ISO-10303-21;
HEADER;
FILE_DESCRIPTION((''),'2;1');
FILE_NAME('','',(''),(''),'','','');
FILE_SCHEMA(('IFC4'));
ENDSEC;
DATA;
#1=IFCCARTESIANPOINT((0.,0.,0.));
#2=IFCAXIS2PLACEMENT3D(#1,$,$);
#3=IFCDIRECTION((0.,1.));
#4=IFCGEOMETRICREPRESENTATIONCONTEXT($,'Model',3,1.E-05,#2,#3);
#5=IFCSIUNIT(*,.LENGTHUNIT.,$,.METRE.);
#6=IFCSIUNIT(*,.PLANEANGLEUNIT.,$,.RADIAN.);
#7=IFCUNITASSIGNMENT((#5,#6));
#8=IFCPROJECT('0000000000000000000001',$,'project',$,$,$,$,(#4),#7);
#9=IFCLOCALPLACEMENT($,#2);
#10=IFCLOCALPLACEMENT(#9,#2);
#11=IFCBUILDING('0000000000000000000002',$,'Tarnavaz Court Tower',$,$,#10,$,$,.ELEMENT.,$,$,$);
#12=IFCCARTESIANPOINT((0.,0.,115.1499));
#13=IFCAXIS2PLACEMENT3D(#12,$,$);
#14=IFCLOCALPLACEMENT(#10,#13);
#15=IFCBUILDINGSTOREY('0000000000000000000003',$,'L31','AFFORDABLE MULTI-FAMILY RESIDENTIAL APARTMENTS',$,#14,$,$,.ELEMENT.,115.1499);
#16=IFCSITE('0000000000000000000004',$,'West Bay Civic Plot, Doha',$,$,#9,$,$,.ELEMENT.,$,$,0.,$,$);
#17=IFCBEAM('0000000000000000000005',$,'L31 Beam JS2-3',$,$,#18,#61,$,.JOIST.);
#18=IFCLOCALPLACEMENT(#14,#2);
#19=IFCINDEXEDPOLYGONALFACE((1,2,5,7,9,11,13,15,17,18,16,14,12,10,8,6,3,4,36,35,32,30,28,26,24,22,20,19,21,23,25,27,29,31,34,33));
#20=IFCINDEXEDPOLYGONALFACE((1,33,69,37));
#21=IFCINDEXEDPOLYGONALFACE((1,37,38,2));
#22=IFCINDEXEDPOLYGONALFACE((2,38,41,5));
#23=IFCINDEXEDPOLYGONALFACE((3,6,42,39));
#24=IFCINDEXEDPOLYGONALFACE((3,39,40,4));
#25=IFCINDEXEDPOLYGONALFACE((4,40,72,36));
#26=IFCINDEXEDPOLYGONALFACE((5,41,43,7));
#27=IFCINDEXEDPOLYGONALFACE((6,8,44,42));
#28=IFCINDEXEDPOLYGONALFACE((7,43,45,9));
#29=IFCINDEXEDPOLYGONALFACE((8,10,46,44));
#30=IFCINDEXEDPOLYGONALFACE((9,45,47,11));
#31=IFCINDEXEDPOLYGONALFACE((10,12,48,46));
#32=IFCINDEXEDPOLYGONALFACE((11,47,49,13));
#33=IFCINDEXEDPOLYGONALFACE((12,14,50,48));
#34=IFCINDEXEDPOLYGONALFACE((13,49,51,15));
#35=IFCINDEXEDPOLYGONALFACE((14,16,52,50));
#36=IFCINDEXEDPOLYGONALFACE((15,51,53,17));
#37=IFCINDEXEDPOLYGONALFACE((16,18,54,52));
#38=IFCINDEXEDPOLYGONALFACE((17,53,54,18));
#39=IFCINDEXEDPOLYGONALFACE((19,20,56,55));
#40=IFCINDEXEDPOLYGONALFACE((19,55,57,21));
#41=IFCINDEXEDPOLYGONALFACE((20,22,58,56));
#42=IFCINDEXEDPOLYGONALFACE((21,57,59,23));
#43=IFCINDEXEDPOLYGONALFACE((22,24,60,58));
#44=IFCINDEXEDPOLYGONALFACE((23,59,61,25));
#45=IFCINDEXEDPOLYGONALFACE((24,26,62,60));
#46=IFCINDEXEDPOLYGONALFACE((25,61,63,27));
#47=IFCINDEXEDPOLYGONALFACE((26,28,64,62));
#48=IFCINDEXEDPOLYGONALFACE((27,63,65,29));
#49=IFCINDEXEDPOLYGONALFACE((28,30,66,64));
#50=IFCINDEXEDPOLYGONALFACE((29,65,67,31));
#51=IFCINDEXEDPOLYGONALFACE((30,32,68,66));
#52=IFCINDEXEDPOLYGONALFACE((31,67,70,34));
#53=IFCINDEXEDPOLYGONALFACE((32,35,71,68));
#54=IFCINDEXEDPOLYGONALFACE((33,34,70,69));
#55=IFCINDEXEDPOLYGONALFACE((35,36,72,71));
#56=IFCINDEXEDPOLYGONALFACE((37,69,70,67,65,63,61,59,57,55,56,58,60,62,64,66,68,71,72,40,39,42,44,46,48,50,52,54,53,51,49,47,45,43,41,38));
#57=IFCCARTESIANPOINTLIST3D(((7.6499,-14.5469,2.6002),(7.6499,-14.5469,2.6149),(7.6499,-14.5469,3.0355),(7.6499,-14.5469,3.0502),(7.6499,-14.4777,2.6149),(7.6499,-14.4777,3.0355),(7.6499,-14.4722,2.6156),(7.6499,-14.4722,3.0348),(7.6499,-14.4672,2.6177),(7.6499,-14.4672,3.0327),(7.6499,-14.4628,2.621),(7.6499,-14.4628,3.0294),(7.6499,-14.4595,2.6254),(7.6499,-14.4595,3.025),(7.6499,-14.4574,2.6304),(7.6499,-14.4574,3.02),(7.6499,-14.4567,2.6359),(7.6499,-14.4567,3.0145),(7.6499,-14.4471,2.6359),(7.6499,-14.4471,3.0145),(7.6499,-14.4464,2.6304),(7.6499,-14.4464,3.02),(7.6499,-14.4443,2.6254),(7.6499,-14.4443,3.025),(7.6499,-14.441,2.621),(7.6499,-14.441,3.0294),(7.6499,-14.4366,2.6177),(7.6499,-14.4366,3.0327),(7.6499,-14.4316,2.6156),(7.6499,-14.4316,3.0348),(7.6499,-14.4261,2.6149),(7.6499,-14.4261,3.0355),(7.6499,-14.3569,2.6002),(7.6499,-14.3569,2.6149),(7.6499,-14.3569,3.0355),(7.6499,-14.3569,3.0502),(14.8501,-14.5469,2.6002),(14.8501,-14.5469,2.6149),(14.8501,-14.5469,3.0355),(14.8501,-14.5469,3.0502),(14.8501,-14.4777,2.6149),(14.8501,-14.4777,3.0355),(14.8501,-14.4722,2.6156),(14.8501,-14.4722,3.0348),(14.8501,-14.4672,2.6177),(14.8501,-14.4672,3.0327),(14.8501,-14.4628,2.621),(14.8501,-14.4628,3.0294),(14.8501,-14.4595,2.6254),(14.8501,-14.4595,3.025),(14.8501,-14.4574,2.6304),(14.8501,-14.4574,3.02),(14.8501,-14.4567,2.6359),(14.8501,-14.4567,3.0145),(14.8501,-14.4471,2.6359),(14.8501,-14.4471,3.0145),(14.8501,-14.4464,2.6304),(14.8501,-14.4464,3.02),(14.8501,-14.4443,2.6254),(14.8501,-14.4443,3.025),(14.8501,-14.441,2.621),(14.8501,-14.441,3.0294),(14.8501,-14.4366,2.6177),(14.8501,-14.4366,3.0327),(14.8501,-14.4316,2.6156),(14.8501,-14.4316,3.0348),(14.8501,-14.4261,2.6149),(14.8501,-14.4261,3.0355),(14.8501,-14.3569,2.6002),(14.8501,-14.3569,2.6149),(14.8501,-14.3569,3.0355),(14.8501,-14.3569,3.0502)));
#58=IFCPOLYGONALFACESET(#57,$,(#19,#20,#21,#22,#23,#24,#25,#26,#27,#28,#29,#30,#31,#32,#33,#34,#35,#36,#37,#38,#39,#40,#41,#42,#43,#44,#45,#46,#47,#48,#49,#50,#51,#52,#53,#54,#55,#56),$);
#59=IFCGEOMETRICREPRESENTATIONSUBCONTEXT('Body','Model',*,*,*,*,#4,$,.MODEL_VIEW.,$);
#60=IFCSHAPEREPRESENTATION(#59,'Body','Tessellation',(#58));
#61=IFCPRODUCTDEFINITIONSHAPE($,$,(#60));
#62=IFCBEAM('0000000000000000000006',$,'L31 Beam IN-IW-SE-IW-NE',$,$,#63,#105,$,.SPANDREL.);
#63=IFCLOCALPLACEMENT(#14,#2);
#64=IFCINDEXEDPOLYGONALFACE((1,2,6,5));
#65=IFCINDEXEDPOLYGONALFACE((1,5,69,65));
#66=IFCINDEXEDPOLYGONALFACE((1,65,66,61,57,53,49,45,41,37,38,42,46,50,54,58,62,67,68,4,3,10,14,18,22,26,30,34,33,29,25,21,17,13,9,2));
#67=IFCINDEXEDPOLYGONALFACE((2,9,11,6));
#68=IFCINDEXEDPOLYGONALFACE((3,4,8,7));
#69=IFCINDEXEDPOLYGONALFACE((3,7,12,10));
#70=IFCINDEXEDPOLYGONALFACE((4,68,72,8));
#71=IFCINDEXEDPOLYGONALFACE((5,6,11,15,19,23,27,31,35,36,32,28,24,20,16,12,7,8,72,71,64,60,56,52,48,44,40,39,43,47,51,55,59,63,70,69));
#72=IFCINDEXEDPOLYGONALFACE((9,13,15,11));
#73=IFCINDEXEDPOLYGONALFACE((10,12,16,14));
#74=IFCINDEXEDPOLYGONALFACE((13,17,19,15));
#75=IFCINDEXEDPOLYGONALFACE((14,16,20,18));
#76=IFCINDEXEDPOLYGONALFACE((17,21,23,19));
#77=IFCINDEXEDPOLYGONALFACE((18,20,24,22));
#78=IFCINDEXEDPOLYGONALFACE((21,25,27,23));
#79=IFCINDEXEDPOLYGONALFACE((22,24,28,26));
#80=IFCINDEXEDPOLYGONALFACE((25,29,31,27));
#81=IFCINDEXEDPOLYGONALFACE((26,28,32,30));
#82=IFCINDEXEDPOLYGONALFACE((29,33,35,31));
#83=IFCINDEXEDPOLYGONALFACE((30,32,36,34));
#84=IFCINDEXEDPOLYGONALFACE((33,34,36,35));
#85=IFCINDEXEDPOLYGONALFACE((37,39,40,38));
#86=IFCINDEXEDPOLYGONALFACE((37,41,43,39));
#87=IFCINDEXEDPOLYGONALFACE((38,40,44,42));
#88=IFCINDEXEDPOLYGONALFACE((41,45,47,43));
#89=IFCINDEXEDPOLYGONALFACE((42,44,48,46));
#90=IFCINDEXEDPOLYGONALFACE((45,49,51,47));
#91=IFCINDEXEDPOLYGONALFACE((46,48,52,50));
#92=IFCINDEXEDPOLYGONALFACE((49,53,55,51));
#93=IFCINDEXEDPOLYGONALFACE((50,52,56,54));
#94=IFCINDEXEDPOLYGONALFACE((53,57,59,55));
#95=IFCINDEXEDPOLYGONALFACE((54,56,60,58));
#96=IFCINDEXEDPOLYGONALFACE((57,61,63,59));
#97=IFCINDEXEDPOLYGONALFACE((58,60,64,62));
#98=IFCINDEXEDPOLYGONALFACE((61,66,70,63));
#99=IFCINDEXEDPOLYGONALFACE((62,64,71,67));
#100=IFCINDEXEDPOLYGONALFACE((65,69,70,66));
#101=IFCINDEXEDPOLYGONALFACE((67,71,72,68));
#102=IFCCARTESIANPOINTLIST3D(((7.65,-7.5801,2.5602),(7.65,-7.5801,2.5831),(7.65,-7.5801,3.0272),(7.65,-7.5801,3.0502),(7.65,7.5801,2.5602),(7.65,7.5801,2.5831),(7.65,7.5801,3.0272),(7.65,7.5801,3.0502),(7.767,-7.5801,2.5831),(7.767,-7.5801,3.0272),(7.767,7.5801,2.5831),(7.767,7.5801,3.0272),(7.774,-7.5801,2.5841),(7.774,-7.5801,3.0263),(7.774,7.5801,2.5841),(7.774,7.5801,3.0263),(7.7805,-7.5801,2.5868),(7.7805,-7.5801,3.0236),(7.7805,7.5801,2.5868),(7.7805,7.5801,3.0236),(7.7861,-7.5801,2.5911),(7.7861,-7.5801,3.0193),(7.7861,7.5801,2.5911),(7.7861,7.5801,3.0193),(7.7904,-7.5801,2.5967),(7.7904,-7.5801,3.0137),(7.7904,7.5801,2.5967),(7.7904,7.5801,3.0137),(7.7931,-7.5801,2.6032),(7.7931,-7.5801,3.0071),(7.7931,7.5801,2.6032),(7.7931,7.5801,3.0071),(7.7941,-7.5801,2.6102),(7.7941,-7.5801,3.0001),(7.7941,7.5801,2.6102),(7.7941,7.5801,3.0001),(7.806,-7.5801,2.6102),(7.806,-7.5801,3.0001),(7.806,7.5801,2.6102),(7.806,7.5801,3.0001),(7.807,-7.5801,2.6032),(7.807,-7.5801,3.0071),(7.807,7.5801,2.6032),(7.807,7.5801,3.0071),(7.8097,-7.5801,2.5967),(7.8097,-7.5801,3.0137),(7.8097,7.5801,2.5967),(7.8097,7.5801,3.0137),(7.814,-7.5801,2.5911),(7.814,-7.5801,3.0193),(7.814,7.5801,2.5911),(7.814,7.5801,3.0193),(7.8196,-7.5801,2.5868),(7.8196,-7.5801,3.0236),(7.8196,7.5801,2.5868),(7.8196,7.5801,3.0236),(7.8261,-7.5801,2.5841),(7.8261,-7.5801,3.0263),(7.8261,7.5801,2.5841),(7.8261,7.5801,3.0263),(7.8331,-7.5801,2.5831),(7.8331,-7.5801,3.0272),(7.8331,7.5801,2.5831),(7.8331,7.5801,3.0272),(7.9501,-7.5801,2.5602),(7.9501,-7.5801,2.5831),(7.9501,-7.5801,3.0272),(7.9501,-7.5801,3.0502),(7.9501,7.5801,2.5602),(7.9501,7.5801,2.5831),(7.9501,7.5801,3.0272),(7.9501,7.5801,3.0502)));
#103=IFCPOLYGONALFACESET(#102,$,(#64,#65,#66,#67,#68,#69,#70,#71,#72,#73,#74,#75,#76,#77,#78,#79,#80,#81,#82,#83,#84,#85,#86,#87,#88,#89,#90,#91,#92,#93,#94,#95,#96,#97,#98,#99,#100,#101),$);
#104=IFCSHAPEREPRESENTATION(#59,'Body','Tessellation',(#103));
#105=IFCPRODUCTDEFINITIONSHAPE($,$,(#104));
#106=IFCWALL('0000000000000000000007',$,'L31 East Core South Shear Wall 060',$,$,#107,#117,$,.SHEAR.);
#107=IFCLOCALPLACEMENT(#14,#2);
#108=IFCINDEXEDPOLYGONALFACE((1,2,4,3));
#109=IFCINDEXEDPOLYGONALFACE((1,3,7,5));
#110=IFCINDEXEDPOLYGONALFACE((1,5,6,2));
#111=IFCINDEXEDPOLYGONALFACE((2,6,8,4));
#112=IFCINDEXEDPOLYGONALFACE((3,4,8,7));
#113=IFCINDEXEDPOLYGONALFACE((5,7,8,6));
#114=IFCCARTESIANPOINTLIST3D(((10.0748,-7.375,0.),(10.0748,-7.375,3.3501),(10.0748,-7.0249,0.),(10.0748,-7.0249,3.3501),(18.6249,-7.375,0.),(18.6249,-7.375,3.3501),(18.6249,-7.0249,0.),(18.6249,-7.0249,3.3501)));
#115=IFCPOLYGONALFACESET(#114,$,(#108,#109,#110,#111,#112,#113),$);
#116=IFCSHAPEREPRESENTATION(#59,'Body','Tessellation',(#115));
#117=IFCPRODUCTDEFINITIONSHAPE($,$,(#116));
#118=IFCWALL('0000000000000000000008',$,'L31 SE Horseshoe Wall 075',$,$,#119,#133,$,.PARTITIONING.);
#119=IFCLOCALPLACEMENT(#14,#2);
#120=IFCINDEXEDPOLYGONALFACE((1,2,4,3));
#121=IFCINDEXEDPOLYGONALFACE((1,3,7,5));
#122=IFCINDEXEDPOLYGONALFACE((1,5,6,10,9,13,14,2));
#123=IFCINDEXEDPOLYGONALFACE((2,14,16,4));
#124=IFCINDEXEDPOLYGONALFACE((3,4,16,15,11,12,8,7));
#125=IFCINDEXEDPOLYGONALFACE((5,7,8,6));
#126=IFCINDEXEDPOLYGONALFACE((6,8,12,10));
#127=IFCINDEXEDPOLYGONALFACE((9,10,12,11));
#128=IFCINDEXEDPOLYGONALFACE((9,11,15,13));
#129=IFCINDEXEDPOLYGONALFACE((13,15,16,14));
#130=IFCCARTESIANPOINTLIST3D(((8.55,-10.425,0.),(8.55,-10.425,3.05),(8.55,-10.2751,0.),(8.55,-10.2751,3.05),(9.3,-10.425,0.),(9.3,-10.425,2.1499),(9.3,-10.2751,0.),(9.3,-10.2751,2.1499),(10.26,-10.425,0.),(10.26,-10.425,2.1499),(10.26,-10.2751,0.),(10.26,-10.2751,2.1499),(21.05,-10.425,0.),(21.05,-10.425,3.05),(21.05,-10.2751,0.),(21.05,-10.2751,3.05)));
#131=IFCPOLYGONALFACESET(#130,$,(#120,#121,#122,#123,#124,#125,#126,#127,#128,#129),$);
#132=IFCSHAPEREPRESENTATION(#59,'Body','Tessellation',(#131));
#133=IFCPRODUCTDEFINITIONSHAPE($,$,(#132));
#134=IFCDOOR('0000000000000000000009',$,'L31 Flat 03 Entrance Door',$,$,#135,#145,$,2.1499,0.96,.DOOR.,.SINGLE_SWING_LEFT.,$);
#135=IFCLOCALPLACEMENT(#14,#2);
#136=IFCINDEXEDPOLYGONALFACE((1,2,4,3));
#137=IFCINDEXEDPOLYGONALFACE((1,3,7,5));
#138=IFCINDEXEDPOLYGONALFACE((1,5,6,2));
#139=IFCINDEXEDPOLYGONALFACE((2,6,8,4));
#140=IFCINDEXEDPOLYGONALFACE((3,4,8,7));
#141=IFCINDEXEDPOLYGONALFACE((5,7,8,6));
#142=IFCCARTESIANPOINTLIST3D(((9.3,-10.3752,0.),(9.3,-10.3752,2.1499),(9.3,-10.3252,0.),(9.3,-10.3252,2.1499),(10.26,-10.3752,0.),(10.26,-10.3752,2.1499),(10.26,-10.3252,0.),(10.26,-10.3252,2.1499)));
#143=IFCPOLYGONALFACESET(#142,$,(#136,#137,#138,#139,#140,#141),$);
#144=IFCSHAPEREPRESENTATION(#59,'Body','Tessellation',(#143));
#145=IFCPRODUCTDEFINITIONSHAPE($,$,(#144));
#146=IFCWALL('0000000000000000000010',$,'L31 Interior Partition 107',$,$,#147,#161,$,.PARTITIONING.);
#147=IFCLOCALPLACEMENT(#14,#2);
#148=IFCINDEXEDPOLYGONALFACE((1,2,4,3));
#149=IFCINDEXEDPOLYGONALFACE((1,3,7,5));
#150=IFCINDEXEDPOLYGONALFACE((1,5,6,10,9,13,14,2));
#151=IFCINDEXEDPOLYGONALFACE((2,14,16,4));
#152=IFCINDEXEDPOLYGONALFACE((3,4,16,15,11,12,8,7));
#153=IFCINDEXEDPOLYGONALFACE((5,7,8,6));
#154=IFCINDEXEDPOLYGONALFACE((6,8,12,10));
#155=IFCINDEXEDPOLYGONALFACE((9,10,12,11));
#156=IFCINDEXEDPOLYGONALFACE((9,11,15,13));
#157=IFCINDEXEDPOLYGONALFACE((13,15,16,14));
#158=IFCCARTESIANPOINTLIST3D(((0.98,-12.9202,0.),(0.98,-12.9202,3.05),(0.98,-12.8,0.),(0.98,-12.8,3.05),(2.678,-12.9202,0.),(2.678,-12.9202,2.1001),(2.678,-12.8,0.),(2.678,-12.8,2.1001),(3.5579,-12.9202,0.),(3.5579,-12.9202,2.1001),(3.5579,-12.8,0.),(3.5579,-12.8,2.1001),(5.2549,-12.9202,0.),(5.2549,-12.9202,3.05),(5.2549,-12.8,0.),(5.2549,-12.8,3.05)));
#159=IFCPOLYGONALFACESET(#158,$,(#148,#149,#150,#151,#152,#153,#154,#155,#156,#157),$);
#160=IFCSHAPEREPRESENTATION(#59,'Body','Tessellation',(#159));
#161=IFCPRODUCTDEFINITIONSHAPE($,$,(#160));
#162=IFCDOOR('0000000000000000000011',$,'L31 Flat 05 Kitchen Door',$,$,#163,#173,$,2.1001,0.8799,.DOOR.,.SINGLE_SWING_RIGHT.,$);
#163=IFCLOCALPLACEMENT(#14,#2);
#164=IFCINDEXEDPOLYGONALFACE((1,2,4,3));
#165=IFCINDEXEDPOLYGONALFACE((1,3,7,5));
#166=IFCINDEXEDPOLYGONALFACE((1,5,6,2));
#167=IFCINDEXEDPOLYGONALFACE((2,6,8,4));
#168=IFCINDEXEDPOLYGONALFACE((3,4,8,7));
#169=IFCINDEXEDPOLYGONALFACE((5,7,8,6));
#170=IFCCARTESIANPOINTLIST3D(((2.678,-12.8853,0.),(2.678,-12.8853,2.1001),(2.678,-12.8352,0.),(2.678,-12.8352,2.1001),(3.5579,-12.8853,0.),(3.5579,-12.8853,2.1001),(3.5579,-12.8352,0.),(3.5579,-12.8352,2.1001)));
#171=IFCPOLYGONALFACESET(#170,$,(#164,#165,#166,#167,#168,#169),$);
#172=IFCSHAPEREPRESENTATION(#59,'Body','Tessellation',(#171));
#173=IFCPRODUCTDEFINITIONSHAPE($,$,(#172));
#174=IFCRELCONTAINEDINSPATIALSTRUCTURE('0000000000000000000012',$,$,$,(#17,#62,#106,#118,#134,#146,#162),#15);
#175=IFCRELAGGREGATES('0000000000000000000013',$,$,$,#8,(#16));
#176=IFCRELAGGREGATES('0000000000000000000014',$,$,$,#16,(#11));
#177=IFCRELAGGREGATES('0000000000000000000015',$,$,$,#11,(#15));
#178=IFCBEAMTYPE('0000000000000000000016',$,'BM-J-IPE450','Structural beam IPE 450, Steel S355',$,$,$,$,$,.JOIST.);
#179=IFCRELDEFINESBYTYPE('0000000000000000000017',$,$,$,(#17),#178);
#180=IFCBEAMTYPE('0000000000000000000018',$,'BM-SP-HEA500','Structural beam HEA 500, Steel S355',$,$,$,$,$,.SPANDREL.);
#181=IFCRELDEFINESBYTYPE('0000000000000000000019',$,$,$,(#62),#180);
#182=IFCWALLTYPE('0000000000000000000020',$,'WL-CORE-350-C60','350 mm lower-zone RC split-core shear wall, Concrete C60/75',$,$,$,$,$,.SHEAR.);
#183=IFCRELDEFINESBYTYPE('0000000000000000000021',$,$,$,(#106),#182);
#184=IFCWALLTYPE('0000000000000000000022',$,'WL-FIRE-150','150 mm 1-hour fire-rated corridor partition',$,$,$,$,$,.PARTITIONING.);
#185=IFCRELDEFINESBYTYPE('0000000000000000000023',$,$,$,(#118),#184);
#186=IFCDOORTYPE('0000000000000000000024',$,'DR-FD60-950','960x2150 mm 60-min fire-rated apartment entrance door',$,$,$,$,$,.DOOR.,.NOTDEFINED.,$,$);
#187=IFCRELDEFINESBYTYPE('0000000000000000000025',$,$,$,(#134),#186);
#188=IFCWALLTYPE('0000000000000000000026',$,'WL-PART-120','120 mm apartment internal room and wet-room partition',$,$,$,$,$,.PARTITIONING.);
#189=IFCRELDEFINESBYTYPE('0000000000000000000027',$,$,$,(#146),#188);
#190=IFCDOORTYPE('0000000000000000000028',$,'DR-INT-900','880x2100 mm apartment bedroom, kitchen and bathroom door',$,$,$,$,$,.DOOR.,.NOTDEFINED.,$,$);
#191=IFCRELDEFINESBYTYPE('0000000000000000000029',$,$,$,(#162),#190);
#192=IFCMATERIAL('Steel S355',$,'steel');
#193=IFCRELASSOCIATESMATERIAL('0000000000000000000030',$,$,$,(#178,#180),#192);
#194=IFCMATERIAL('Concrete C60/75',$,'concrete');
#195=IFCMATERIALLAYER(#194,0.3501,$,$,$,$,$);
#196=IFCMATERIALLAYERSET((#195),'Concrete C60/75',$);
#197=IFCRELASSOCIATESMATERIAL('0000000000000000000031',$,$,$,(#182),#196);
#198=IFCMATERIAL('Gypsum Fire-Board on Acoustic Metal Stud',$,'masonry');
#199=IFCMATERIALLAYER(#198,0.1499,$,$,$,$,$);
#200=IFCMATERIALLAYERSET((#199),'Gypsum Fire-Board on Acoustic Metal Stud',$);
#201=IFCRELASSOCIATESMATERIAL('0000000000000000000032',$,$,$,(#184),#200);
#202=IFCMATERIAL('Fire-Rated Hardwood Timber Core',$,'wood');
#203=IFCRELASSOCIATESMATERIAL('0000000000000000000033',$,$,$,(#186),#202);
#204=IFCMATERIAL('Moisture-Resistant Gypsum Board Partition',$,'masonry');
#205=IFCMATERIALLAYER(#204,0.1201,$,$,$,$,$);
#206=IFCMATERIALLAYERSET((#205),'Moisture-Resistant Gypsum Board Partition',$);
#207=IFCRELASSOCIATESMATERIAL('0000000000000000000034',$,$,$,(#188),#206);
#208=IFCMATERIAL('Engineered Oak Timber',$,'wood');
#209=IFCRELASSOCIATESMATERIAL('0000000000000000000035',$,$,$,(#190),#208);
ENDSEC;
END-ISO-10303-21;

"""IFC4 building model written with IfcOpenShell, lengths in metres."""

from ifc_helpers import new_model, si_unit, direction, frame, frame_2d, origin, origin_2d, place, context, subcontext, project, spatial, rectangle, i_section, extrude, material, layer, layer_set, material_profile, profile_set, type_object, element, fill, save


model = new_model("IFC4")

# Units and contexts
model_context = context("Model", 3, precision=1e-05, world=origin(), true_north=direction((0.0, 1.0)))
body_context = subcontext(model_context, "Body", "Model", "MODEL_VIEW")
ifc_project = project(units=[si_unit("LENGTHUNIT", "METRE"), si_unit("PLANEANGLEUNIT", "RADIAN")], contexts=[model_context])

# Site, building, storey
site_placement = place(None, origin())
site = spatial("IfcSite", under=ifc_project, at=site_placement, Name="West Bay Civic Plot, Doha", CompositionType="ELEMENT", RefElevation=0.0)
building_placement = place(site_placement, origin())
building = spatial("IfcBuilding", under=site, at=building_placement, Name="Tarnavaz Court Tower", CompositionType="ELEMENT")
storey_placement = place(building_placement, frame((0.0, 0.0, 115.1499)))
storey = spatial("IfcBuildingStorey", under=building, at=storey_placement, Name="L31", Description="AFFORDABLE MULTI-FAMILY RESIDENTIAL APARTMENTS", CompositionType="ELEMENT", Elevation=115.1499)

# Shared definitions
ifc_material_1 = material(Name="Concrete C60/75", Category="concrete")

# Beams
ifc_material_2 = material(Name="Steel S355", Category="steel")
ifc_material_profile_1 = material_profile(ifc_material_2, i_section(OverallWidth=0.1899, OverallDepth=0.45, WebThickness=0.0095, FlangeThickness=0.0146, FilletRadius=0.021, at=origin_2d()), Name="IPE 450")
ifc_profile_set_1 = profile_set([ifc_material_profile_1], Name="Steel S355")
beam_type_1 = type_object("IfcBeamType", Name="BM-J-IPE450", Description="Structural beam IPE 450, Steel S355", PredefinedType="JOIST", material=ifc_profile_set_1)
for number, where, z_axis, x_axis, name in (
    (1, (7.6499, -14.4519, 2.8252), (1.0, 0.0, 0.0), (0.0, 1.0, 0.0), "L31 Beam JS2-3"),
):
    element("IfcBeam", number, at=place(storey_placement, frame(where, z_axis=z_axis, x_axis=x_axis)), inside=storey, type_object=beam_type_1, Name=name, PredefinedType="JOIST", context=body_context, shape_type="SweptSolid", body=[
        extrude(i_section(OverallWidth=0.1899, OverallDepth=0.45, WebThickness=0.0095, FlangeThickness=0.0146, FilletRadius=0.021, at=origin_2d()), origin(), (0.0, 0.0, 1.0), 7.2002),
    ])
ifc_material_profile_2 = material_profile(ifc_material_2, i_section(OverallWidth=0.3, OverallDepth=0.49, WebThickness=0.012, FlangeThickness=0.0229, FilletRadius=0.0271, at=origin_2d()), Name="HEA 500")
ifc_profile_set_2 = profile_set([ifc_material_profile_2], Name="Steel S355")
beam_type_2 = type_object("IfcBeamType", Name="BM-SP-HEA500", Description="Structural beam HEA 500, Steel S355", PredefinedType="SPANDREL", material=ifc_profile_set_2)
beam_1_placement = place(storey_placement, frame((7.8, -7.5801, 2.8052), z_axis=(0.0, 1.0, 0.0), x_axis=(-1.0, 0.0, 0.0)))
element("IfcBeam", 2, at=beam_1_placement, inside=storey, type_object=beam_type_2, Name="L31 Beam IN-IW-SE-IW-NE", PredefinedType="SPANDREL", context=body_context, shape_type="SweptSolid", body=[
    extrude(i_section(OverallWidth=0.3, OverallDepth=0.49, WebThickness=0.012, FlangeThickness=0.0229, FilletRadius=0.0271, at=origin_2d()), origin(), (0.0, 0.0, 1.0), 15.1602),
])

# Wall
ifc_layer_1 = layer(ifc_material_1, 0.3501)
ifc_layer_set_1 = layer_set([ifc_layer_1], Name="Concrete C60/75")
wall_type_1 = type_object("IfcWallType", Name="WL-CORE-350-C60", Description="350 mm lower-zone RC split-core shear wall, Concrete C60/75", PredefinedType="SHEAR", material=ifc_layer_set_1)
wall_1_placement = place(storey_placement, frame((10.075, -7.2, 0.0), z_axis=(0.0, 0.0, 1.0), x_axis=(1.0, 0.0, 0.0)))
element("IfcWall", 3, at=wall_1_placement, inside=storey, type_object=wall_type_1, Name="L31 East Core South Shear Wall 060", PredefinedType="SHEAR", context=body_context, shape_type="SweptSolid", body=[
    extrude(rectangle(XDim=8.55, YDim=0.3501, at=frame_2d((4.2749, 0.0))), origin(), (0.0, 0.0, 1.0), 3.3501),
])

# Walls, openings, doors
ifc_material_3 = material(Name="Gypsum Fire-Board on Acoustic Metal Stud", Category="masonry")
ifc_layer_2 = layer(ifc_material_3, 0.1499)
ifc_layer_set_2 = layer_set([ifc_layer_2], Name="Gypsum Fire-Board on Acoustic Metal Stud")
wall_type_2 = type_object("IfcWallType", Name="WL-FIRE-150", Description="150 mm 1-hour fire-rated corridor partition", PredefinedType="PARTITIONING", material=ifc_layer_set_2)
wall_2_placement = place(storey_placement, frame((8.55, -10.3501, 0.0), z_axis=(0.0, 0.0, 1.0), x_axis=(1.0, 0.0, 0.0)))
wall_2 = element("IfcWall", 4, at=wall_2_placement, inside=storey, type_object=wall_type_2, Name="L31 SE Horseshoe Wall 075", PredefinedType="PARTITIONING", context=body_context, shape_type="SweptSolid", body=[
    extrude(rectangle(XDim=12.5, YDim=0.1499, at=frame_2d((6.25, 0.0))), origin(), (0.0, 0.0, 1.0), 3.05),
])
opening_1_placement = place(wall_2_placement, frame((0.75, 0.0, 0.0)))
opening_1 = element("IfcOpeningElement", 5, at=opening_1_placement, cuts=wall_2, PredefinedType="OPENING", context=body_context, shape_type="SweptSolid", body=[
    extrude(rectangle(XDim=0.96, YDim=2.1499, at=frame_2d((0.48, 1.075))), frame((0.0, 0.085, 0.0), z_axis=(0.0, -1.0, 0.0), x_axis=(1.0, 0.0, 0.0)), (0.0, 0.0, 1.0), 0.1699),
])
ifc_material_4 = material(Name="Fire-Rated Hardwood Timber Core", Category="wood")
door_type_1 = type_object("IfcDoorType", Name="DR-FD60-950", Description="960x2150 mm 60-min fire-rated apartment entrance door", OperationType="NOTDEFINED", PredefinedType="DOOR", material=ifc_material_4)
door_1_placement = place(opening_1_placement, origin())
door_1 = element("IfcDoor", 6, at=door_1_placement, inside=storey, type_object=door_type_1, Name="L31 Flat 03 Entrance Door", OperationType="SINGLE_SWING_LEFT", OverallHeight=2.1499, OverallWidth=0.96, PredefinedType="DOOR", context=body_context, shape_type="SweptSolid", body=[
    extrude(rectangle(XDim=0.96, YDim=2.1499, at=frame_2d((0.48, 1.075))), frame((0.0, 0.0249, 0.0), z_axis=(0.0, -1.0, 0.0), x_axis=(1.0, 0.0, 0.0)), (0.0, 0.0, 1.0), 0.05),
])
fill(opening_1, door_1)
ifc_material_5 = material(Name="Moisture-Resistant Gypsum Board Partition", Category="masonry")
ifc_layer_3 = layer(ifc_material_5, 0.1201)
ifc_layer_set_3 = layer_set([ifc_layer_3], Name="Moisture-Resistant Gypsum Board Partition")
wall_type_3 = type_object("IfcWallType", Name="WL-PART-120", Description="120 mm apartment internal room and wet-room partition", PredefinedType="PARTITIONING", material=ifc_layer_set_3)
wall_3_placement = place(storey_placement, frame((0.98, -12.8601, 0.0), z_axis=(0.0, 0.0, 1.0), x_axis=(1.0, 0.0, 0.0)))
wall_3 = element("IfcWall", 7, at=wall_3_placement, inside=storey, type_object=wall_type_3, Name="L31 Interior Partition 107", PredefinedType="PARTITIONING", context=body_context, shape_type="SweptSolid", body=[
    extrude(rectangle(XDim=4.2749, YDim=0.1201, at=frame_2d((2.1375, 0.0))), origin(), (0.0, 0.0, 1.0), 3.05),
])
opening_2_placement = place(wall_3_placement, frame((1.698, 0.0, 0.0)))
opening_2 = element("IfcOpeningElement", 8, at=opening_2_placement, cuts=wall_3, PredefinedType="OPENING", context=body_context, shape_type="SweptSolid", body=[
    extrude(rectangle(XDim=0.8799, YDim=2.1001, at=frame_2d((0.4399, 1.05))), frame((0.0, 0.0701, 0.0), z_axis=(0.0, -1.0, 0.0), x_axis=(1.0, 0.0, 0.0)), (0.0, 0.0, 1.0), 0.1401),
])
ifc_material_6 = material(Name="Engineered Oak Timber", Category="wood")
door_type_2 = type_object("IfcDoorType", Name="DR-INT-900", Description="880x2100 mm apartment bedroom, kitchen and bathroom door", OperationType="NOTDEFINED", PredefinedType="DOOR", material=ifc_material_6)
door_2_placement = place(opening_2_placement, origin())
door_2 = element("IfcDoor", 9, at=door_2_placement, inside=storey, type_object=door_type_2, Name="L31 Flat 05 Kitchen Door", OperationType="SINGLE_SWING_RIGHT", OverallHeight=2.1001, OverallWidth=0.8799, PredefinedType="DOOR", context=body_context, shape_type="SweptSolid", body=[
    extrude(rectangle(XDim=0.8799, YDim=2.1001, at=frame_2d((0.4399, 1.05))), frame((0.0, 0.0249, 0.0), z_axis=(0.0, -1.0, 0.0), x_axis=(1.0, 0.0, 0.0)), (0.0, 0.0, 1.0), 0.05),
])
fill(opening_2, door_2)

save(model, "model.ifc")
